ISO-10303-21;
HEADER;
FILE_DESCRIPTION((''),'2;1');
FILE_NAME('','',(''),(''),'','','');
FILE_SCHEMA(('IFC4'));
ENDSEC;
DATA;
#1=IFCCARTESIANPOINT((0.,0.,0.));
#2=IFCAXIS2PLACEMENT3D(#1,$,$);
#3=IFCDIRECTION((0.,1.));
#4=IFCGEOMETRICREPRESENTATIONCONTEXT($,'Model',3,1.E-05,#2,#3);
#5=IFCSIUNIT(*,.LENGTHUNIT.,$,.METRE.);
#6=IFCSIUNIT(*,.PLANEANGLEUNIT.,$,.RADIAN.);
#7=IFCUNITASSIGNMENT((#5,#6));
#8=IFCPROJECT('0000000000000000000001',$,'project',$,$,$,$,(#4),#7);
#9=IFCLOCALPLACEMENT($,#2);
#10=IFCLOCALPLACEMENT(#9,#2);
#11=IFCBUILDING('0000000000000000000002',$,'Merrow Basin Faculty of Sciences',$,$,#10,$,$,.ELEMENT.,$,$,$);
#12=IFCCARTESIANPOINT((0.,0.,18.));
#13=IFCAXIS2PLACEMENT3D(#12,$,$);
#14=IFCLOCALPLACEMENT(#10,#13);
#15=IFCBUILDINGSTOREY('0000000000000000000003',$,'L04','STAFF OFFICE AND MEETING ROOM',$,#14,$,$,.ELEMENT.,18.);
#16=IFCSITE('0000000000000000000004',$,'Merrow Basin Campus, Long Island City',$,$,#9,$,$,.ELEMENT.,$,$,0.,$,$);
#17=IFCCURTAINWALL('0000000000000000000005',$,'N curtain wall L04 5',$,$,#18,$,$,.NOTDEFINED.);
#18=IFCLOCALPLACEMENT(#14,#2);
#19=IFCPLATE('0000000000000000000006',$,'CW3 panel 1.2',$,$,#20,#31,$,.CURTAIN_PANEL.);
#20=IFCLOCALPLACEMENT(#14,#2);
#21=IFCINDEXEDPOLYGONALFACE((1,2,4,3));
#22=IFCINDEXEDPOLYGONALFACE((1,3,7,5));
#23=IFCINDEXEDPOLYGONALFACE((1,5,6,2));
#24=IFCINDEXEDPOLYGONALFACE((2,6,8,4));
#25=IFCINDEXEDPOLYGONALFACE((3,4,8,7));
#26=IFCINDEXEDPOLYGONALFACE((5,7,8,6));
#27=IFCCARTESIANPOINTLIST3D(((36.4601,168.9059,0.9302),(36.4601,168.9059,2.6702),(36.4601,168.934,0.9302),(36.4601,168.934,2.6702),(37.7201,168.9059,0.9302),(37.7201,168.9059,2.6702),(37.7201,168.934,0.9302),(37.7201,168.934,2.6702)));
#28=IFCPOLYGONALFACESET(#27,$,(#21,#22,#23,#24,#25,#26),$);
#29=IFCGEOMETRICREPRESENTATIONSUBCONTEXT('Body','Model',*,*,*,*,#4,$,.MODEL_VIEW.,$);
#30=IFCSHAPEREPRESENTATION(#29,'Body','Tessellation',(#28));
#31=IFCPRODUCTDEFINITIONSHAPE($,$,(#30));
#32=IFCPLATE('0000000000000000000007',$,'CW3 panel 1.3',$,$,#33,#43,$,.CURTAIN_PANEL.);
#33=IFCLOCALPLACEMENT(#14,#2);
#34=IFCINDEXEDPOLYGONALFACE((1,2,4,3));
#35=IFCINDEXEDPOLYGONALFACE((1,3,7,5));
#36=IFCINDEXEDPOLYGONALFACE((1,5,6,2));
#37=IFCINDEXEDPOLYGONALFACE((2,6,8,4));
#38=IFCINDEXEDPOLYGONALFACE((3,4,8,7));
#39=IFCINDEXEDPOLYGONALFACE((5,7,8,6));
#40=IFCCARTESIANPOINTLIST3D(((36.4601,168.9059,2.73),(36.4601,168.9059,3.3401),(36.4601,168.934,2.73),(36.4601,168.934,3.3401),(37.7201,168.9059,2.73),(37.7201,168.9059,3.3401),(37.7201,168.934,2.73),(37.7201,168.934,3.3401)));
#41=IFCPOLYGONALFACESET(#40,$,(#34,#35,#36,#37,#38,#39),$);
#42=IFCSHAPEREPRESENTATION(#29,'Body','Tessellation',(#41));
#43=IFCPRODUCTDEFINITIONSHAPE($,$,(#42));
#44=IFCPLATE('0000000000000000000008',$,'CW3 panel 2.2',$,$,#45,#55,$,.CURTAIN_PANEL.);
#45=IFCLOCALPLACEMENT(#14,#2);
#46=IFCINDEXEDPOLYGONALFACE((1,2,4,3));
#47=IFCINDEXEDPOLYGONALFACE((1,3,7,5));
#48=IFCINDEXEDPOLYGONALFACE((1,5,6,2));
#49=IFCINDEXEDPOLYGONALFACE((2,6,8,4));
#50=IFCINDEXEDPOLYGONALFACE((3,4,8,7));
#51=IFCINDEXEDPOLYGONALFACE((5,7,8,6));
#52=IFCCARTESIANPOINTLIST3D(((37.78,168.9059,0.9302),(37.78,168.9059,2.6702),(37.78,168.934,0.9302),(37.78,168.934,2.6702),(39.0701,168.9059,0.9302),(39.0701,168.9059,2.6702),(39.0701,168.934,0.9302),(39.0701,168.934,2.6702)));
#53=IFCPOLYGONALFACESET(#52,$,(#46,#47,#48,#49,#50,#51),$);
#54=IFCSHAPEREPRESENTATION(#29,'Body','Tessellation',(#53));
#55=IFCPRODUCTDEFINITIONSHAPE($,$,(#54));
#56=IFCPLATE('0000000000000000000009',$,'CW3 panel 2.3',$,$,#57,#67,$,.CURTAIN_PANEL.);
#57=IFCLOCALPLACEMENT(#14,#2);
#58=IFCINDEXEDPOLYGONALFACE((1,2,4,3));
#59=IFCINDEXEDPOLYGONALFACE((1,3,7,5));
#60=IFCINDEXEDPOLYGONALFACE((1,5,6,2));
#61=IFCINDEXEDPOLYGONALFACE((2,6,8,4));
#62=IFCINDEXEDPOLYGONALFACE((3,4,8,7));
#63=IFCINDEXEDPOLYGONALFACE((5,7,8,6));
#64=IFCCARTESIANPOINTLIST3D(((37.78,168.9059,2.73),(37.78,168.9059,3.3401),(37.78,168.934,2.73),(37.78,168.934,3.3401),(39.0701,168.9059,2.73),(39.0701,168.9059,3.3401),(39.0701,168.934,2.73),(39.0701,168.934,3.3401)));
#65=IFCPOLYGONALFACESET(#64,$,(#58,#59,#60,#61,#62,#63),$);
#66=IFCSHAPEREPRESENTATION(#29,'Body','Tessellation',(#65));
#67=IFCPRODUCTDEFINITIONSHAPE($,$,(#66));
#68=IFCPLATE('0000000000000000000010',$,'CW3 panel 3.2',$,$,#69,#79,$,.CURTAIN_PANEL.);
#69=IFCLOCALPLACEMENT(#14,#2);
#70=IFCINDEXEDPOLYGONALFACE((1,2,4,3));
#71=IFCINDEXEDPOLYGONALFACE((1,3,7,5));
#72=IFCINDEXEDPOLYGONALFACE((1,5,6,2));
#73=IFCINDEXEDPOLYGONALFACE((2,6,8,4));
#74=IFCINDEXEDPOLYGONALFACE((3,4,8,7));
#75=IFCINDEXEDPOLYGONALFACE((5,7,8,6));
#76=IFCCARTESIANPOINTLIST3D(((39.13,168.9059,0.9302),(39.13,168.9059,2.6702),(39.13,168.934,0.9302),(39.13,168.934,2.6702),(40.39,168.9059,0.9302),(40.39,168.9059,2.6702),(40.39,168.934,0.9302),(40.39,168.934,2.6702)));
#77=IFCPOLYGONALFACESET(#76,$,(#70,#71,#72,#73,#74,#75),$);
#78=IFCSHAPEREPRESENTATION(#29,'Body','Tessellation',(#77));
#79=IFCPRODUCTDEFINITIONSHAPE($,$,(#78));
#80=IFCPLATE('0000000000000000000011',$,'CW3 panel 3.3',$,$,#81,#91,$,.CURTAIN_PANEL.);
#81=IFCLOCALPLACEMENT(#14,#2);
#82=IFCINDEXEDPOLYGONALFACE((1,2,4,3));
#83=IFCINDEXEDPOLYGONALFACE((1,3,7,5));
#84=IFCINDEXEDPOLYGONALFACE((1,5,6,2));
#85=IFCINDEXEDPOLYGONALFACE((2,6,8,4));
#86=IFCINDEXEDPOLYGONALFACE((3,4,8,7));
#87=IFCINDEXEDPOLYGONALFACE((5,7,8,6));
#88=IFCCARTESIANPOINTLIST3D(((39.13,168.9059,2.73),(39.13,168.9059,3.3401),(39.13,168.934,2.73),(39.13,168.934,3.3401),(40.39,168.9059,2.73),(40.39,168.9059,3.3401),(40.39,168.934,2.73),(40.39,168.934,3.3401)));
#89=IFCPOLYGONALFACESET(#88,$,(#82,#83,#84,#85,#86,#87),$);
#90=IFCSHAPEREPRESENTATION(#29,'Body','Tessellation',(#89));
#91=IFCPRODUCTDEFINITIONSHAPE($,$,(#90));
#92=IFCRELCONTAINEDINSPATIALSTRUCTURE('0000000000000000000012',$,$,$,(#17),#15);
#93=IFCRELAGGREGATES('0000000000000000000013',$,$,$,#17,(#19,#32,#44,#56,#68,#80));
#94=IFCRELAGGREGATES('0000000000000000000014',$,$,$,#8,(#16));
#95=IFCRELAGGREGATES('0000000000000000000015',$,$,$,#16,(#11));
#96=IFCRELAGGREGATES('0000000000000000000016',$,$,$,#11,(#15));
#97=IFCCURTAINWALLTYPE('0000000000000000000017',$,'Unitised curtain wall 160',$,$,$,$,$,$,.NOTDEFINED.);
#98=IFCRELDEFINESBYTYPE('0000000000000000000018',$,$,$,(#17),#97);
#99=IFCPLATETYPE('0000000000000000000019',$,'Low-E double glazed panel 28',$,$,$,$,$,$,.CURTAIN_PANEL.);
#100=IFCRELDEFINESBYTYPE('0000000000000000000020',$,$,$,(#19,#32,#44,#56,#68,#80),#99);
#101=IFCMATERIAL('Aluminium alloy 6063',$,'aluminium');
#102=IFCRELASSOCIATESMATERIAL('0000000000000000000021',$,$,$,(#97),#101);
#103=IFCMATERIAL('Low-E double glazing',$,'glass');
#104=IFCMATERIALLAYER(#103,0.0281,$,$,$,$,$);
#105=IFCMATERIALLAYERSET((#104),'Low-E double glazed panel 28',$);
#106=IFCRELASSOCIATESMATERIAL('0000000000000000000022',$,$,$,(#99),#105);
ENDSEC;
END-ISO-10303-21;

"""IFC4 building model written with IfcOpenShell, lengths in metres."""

from ifc_helpers import new_model, si_unit, direction, frame, origin, origin_2d, place, context, subcontext, project, spatial, rectangle, extrude, material, layer, layer_set, type_object, element, aggregate, save


model = new_model("IFC4")

# Units and contexts
model_context = context("Model", 3, precision=1e-05, world=origin(), true_north=direction((0.0, 1.0)))
body_context = subcontext(model_context, "Body", "Model", "MODEL_VIEW")
ifc_project = project(units=[si_unit("LENGTHUNIT", "METRE"), si_unit("PLANEANGLEUNIT", "RADIAN")], contexts=[model_context])

# Site, building, storey
site_placement = place(None, origin())
site = spatial("IfcSite", under=ifc_project, at=site_placement, Name="Merrow Basin Campus, Long Island City", CompositionType="ELEMENT", RefElevation=0.0)
building_placement = place(site_placement, origin())
building = spatial("IfcBuilding", under=site, at=building_placement, Name="Merrow Basin Faculty of Sciences", CompositionType="ELEMENT")
storey_placement = place(building_placement, frame((0.0, 0.0, 18.0)))
storey = spatial("IfcBuildingStorey", under=building, at=storey_placement, Name="L04", Description="STAFF OFFICE AND MEETING ROOM", CompositionType="ELEMENT", Elevation=18.0)

# Shared definitions
ifc_material_1 = material(Name="Aluminium alloy 6063", Category="aluminium")
curtain_wall_type = type_object("IfcCurtainWallType", Name="Unitised curtain wall 160", PredefinedType="NOTDEFINED", material=ifc_material_1)

# Curtain wall
curtain_wall_1_placement = place(storey_placement, origin())
curtain_wall_1 = element("IfcCurtainWall", 1, at=curtain_wall_1_placement, inside=storey, type_object=curtain_wall_type, Name="N curtain wall L04 5", PredefinedType="NOTDEFINED")

# Plates
ifc_material_2 = material(Name="Low-E double glazing", Category="glass")
ifc_layer_1 = layer(ifc_material_2, 0.0281)
ifc_layer_set_1 = layer_set([ifc_layer_1], Name="Low-E double glazed panel 28")
plate_type_1 = type_object("IfcPlateType", Name="Low-E double glazed panel 28", PredefinedType="CURTAIN_PANEL", material=ifc_layer_set_1)
plate_1_placement = place(storey_placement, frame((37.0901, 168.9199, 0.9302), z_axis=(0.0, 0.0, 1.0), x_axis=(1.0, 0.0, 0.0)))
plate_1 = element("IfcPlate", 2, at=plate_1_placement, type_object=plate_type_1, Name="CW3 panel 1.2", PredefinedType="CURTAIN_PANEL", context=body_context, shape_type="SweptSolid", body=[
    extrude(rectangle(XDim=1.26, YDim=0.0281, at=origin_2d()), origin(), (0.0, 0.0, 1.0), 1.74),
])
plate_2_placement = place(storey_placement, frame((37.0901, 168.9199, 2.73), z_axis=(0.0, 0.0, 1.0), x_axis=(1.0, 0.0, 0.0)))
plate_2 = element("IfcPlate", 3, at=plate_2_placement, type_object=plate_type_1, Name="CW3 panel 1.3", PredefinedType="CURTAIN_PANEL", context=body_context, shape_type="SweptSolid", body=[
    extrude(rectangle(XDim=1.26, YDim=0.0281, at=origin_2d()), origin(), (0.0, 0.0, 1.0), 0.6101),
])
plate_3_placement = place(storey_placement, frame((38.425, 168.9199, 0.9302), z_axis=(0.0, 0.0, 1.0), x_axis=(1.0, 0.0, 0.0)))
plate_3 = element("IfcPlate", 4, at=plate_3_placement, type_object=plate_type_1, Name="CW3 panel 2.2", PredefinedType="CURTAIN_PANEL", context=body_context, shape_type="SweptSolid", body=[
    extrude(rectangle(XDim=1.29, YDim=0.0281, at=origin_2d()), origin(), (0.0, 0.0, 1.0), 1.74),
])
plate_4_placement = place(storey_placement, frame((38.425, 168.9199, 2.73), z_axis=(0.0, 0.0, 1.0), x_axis=(1.0, 0.0, 0.0)))
plate_4 = element("IfcPlate", 5, at=plate_4_placement, type_object=plate_type_1, Name="CW3 panel 2.3", PredefinedType="CURTAIN_PANEL", context=body_context, shape_type="SweptSolid", body=[
    extrude(rectangle(XDim=1.29, YDim=0.0281, at=origin_2d()), origin(), (0.0, 0.0, 1.0), 0.6101),
])
plate_5_placement = place(storey_placement, frame((39.76, 168.9199, 0.9302), z_axis=(0.0, 0.0, 1.0), x_axis=(1.0, 0.0, 0.0)))
plate_5 = element("IfcPlate", 6, at=plate_5_placement, type_object=plate_type_1, Name="CW3 panel 3.2", PredefinedType="CURTAIN_PANEL", context=body_context, shape_type="SweptSolid", body=[
    extrude(rectangle(XDim=1.26, YDim=0.0281, at=origin_2d()), origin(), (0.0, 0.0, 1.0), 1.74),
])
plate_6_placement = place(storey_placement, frame((39.76, 168.9199, 2.73), z_axis=(0.0, 0.0, 1.0), x_axis=(1.0, 0.0, 0.0)))
plate_6 = element("IfcPlate", 7, at=plate_6_placement, type_object=plate_type_1, Name="CW3 panel 3.3", PredefinedType="CURTAIN_PANEL", context=body_context, shape_type="SweptSolid", body=[
    extrude(rectangle(XDim=1.26, YDim=0.0281, at=origin_2d()), origin(), (0.0, 0.0, 1.0), 0.6101),
])
aggregate(curtain_wall_1, [plate_1, plate_2, plate_3, plate_4, plate_5, plate_6])

save(model, "model.ifc")
